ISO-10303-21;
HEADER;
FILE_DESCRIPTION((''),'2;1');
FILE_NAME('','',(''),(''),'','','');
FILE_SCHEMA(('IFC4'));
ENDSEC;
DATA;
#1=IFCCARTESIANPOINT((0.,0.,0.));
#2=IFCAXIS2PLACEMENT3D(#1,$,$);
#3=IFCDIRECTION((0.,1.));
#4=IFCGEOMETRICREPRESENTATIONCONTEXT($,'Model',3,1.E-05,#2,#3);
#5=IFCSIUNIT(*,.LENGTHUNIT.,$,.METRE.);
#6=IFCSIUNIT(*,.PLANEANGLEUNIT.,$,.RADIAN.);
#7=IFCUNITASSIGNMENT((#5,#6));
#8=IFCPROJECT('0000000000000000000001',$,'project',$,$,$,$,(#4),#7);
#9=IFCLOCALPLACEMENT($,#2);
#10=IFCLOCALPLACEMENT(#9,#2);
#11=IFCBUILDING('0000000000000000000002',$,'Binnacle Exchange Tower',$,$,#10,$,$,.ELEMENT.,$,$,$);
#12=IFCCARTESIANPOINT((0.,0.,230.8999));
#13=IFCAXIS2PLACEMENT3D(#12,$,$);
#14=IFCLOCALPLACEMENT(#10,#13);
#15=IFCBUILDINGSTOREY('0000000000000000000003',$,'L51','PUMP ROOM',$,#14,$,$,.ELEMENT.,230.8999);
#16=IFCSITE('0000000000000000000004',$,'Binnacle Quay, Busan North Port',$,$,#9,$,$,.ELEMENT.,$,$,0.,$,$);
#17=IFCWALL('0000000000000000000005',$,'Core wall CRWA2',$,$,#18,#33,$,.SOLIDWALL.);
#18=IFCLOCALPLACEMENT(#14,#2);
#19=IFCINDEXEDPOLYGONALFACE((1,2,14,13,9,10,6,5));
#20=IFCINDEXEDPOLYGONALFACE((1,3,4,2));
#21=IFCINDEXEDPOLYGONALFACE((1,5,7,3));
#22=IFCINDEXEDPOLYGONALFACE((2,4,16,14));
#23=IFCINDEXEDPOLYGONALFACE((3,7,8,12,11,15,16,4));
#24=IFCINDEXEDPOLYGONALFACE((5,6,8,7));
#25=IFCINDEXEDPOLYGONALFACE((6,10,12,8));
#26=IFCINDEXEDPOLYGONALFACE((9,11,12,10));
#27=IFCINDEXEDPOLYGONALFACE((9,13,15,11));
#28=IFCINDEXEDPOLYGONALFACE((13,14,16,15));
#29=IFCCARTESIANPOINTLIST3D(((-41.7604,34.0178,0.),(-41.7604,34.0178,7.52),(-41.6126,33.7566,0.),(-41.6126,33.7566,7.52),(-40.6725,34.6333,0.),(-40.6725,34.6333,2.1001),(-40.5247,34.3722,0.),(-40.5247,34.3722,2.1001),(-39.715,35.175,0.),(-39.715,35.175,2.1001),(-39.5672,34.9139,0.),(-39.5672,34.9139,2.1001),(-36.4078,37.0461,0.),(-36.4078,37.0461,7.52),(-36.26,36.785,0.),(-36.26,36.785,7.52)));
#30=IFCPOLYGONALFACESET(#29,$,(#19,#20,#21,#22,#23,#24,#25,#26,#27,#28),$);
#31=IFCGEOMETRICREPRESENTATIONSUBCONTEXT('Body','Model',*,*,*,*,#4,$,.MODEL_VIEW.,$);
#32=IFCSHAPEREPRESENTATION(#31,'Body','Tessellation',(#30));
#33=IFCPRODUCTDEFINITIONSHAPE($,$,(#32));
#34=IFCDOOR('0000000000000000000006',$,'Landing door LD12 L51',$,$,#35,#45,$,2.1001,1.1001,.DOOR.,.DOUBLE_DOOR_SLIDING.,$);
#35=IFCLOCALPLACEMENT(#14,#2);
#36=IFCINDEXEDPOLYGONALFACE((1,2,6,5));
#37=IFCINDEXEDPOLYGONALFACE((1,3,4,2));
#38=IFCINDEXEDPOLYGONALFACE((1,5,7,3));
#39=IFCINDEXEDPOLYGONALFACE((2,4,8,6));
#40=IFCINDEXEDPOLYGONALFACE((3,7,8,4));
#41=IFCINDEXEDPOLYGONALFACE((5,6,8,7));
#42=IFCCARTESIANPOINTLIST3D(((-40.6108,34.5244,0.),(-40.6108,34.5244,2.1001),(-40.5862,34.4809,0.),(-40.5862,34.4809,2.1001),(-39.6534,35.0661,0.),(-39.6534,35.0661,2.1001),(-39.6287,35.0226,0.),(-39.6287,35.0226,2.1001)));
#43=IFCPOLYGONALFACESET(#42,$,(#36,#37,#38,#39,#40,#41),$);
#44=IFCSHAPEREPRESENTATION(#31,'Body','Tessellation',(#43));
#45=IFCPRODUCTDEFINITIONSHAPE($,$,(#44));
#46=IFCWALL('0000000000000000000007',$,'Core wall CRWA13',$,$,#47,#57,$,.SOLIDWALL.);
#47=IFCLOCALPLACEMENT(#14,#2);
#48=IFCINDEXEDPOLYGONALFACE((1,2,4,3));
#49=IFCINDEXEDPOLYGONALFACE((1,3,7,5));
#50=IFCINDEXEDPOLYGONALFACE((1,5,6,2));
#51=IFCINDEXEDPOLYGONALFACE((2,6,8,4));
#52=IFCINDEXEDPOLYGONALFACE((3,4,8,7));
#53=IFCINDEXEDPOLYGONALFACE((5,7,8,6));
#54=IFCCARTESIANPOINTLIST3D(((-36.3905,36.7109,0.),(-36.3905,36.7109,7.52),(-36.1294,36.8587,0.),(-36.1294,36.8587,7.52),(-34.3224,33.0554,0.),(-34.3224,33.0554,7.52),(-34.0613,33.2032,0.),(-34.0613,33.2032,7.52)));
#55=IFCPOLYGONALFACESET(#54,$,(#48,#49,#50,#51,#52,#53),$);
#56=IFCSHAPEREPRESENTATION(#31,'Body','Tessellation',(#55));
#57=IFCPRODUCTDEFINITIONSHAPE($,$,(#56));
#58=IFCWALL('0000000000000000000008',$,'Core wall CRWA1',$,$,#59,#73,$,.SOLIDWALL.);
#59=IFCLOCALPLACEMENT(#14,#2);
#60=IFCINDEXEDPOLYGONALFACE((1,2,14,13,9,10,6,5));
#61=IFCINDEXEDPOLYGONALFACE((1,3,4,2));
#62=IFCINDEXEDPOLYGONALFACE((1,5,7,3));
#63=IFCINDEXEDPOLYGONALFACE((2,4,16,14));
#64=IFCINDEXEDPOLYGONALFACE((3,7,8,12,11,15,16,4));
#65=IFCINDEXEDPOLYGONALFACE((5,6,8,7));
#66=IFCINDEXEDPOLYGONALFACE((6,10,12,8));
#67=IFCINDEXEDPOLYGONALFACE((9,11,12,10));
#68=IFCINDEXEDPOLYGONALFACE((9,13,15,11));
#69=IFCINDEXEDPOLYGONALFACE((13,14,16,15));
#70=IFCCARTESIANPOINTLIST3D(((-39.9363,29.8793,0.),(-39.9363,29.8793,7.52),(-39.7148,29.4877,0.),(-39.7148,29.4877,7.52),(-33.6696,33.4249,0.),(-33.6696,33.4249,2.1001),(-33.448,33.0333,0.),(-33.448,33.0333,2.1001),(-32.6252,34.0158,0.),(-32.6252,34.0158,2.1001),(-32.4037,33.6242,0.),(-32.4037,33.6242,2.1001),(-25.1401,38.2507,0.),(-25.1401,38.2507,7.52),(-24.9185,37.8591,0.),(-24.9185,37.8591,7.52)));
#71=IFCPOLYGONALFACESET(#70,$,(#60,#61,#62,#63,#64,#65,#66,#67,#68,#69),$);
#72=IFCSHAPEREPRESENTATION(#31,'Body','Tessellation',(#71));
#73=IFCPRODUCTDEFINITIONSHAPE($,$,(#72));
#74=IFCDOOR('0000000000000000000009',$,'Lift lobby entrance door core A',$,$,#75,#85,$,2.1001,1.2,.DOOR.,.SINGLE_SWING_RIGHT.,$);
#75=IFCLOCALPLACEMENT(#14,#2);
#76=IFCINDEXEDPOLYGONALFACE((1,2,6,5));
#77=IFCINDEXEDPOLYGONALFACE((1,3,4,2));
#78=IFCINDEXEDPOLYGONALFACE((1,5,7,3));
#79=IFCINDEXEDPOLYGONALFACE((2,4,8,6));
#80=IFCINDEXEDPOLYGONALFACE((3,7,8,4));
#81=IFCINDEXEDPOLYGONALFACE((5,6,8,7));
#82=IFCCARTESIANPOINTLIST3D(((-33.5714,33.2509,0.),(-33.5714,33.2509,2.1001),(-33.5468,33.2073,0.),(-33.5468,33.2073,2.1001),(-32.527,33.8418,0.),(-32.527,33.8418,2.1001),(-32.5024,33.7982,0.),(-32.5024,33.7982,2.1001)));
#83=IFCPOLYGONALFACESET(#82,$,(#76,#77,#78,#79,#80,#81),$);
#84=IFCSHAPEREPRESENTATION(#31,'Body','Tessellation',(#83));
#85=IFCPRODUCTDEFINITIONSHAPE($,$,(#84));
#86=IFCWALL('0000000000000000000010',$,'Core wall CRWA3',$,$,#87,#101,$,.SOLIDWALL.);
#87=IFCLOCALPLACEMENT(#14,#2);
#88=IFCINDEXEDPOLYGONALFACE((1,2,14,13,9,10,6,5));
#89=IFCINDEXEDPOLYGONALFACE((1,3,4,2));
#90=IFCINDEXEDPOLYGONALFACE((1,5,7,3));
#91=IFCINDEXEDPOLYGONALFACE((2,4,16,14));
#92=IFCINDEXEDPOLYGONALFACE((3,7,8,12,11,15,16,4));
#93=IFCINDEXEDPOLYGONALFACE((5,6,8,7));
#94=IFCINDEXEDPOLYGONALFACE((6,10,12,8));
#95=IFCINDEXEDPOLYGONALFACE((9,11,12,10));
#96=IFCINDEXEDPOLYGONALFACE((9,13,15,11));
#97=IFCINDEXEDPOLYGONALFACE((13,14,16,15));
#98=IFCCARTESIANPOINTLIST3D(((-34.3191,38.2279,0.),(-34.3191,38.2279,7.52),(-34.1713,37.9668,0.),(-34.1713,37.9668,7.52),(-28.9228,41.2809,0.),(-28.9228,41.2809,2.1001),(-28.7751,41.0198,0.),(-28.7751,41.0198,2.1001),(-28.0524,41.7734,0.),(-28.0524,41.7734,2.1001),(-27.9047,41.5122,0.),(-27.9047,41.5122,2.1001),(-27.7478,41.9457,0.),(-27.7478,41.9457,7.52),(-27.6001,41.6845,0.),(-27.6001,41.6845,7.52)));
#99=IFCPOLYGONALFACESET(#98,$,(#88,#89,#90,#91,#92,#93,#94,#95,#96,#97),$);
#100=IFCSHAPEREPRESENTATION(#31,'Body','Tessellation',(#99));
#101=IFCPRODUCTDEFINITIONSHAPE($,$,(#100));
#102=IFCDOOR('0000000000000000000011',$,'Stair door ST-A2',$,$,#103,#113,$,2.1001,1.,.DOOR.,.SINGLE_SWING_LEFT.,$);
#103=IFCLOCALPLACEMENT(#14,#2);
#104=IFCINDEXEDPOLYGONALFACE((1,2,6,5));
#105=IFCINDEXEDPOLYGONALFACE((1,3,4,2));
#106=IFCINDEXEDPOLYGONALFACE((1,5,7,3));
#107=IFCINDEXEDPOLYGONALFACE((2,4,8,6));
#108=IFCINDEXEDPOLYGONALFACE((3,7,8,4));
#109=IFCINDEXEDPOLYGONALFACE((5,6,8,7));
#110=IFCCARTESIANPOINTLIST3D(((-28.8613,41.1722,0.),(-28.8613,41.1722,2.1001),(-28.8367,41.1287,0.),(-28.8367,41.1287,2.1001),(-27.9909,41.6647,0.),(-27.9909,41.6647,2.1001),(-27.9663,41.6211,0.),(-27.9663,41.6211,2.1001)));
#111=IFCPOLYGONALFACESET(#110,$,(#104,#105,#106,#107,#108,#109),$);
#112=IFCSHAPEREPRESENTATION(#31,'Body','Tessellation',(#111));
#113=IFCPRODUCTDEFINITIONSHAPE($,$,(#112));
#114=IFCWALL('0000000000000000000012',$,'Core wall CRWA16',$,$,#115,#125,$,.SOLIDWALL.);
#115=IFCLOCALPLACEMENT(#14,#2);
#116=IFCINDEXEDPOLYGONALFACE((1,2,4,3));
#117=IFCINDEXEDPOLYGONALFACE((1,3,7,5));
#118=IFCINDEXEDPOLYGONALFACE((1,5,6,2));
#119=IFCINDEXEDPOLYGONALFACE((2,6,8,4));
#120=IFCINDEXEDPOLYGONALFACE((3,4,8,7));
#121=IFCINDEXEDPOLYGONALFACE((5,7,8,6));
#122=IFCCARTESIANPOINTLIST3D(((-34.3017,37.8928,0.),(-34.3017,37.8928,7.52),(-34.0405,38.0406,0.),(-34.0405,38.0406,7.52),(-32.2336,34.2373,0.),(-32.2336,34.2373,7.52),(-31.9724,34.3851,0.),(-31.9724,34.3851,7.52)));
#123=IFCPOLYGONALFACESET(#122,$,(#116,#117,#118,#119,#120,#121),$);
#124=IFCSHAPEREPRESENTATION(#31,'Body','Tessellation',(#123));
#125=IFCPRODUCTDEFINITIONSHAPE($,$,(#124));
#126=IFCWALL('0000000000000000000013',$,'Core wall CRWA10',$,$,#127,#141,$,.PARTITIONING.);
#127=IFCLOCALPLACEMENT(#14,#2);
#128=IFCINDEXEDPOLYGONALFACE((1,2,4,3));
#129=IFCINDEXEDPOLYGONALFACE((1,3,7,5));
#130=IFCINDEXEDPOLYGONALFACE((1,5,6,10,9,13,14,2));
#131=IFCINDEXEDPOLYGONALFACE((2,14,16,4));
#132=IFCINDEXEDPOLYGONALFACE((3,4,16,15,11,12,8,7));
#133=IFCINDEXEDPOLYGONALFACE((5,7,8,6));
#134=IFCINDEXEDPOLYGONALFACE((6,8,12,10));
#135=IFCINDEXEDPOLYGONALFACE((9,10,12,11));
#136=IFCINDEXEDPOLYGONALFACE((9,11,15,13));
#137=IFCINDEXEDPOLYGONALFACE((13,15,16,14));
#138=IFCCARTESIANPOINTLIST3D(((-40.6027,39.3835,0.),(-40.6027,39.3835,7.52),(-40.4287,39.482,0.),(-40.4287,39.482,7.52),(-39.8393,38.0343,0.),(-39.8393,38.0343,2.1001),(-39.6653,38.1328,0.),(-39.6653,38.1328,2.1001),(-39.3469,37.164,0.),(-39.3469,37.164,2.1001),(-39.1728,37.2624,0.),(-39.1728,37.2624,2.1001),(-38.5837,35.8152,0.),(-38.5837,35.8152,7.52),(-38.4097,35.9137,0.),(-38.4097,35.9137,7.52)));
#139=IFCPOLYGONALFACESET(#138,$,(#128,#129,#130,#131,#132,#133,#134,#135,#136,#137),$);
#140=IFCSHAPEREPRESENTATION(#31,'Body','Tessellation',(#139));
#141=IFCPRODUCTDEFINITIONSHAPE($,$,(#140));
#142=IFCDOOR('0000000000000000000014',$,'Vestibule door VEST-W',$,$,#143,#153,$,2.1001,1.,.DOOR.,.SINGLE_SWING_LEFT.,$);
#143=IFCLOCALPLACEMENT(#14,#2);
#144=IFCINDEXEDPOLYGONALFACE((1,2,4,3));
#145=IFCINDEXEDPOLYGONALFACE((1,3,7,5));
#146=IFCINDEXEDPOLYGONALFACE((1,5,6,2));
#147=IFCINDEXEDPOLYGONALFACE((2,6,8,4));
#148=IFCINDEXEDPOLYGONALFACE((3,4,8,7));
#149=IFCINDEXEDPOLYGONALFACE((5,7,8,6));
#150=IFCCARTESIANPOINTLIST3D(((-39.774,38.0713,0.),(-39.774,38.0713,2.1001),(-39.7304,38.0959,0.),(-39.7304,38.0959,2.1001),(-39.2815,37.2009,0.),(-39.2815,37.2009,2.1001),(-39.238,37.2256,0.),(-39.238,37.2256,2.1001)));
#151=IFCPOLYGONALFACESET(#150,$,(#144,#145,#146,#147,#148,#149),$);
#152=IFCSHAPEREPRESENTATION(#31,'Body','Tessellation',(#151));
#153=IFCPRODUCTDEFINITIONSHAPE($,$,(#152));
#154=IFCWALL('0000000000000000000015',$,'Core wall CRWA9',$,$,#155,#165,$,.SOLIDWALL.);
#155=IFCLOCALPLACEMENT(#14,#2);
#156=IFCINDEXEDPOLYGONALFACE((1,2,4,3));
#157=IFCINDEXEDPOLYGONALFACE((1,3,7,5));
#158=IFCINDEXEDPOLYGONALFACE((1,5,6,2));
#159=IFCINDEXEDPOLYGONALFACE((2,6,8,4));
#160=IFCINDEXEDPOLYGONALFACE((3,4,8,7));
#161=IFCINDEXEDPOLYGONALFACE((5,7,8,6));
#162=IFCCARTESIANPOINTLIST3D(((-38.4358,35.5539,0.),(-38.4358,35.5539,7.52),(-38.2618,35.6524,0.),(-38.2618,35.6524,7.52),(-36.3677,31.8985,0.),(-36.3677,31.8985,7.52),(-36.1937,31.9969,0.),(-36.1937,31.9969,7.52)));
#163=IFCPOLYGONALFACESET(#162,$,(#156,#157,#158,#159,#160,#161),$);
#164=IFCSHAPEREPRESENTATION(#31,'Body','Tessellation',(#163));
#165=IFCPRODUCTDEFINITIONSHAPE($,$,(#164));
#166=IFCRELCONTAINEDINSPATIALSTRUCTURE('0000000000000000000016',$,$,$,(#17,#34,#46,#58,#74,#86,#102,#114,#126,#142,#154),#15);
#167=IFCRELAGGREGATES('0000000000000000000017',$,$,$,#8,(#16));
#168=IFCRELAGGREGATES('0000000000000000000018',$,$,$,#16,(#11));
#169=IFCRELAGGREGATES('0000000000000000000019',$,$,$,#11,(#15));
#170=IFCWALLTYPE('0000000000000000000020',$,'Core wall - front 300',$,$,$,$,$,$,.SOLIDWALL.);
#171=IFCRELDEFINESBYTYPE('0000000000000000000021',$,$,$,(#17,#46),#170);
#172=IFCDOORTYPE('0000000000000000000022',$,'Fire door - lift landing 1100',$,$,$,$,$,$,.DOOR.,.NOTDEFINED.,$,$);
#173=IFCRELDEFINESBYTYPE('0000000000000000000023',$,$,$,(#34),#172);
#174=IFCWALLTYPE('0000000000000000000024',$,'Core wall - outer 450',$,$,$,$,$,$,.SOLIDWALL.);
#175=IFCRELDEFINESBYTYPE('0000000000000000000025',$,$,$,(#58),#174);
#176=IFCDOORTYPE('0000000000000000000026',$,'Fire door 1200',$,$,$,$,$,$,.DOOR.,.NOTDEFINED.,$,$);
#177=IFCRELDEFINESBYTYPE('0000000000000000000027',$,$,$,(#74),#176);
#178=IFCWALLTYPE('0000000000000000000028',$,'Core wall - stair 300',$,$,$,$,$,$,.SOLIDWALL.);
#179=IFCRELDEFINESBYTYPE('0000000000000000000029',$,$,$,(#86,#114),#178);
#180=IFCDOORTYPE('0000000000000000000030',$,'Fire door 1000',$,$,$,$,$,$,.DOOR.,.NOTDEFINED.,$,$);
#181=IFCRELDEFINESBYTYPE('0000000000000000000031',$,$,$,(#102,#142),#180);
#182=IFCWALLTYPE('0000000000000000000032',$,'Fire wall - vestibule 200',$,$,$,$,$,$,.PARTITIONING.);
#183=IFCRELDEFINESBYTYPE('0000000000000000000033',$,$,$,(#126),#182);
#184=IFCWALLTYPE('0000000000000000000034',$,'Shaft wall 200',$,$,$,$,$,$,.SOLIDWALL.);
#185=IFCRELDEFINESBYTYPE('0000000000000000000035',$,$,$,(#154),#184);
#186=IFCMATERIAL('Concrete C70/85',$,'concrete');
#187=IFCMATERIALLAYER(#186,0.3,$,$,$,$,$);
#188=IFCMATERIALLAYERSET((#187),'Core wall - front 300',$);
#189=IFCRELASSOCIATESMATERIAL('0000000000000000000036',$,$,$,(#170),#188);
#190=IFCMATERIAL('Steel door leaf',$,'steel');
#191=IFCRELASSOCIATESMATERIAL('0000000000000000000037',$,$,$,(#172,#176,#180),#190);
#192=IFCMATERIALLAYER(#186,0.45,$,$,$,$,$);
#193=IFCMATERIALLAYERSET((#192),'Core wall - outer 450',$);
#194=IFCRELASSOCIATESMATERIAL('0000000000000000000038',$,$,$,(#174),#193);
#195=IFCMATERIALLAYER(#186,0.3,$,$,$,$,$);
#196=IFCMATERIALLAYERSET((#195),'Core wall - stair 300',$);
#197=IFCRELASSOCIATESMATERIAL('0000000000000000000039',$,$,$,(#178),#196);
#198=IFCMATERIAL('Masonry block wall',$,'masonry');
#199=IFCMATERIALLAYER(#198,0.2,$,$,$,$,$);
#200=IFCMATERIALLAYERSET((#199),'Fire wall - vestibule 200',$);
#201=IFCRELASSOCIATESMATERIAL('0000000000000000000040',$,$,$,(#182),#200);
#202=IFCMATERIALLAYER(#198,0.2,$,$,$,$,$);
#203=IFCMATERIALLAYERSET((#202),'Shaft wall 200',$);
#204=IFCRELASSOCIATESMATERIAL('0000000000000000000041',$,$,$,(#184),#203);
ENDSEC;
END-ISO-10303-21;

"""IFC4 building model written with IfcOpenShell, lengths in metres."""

from ifc_helpers import new_model, si_unit, direction, frame, frame_2d, origin, place, context, subcontext, project, spatial, rectangle, extrude, material, layer, layer_set, type_object, element, fill, save


model = new_model("IFC4")

# Units and contexts
model_context = context("Model", 3, precision=1e-05, world=origin(), true_north=direction((0.0, 1.0)))
body_context = subcontext(model_context, "Body", "Model", "MODEL_VIEW")
ifc_project = project(units=[si_unit("LENGTHUNIT", "METRE"), si_unit("PLANEANGLEUNIT", "RADIAN")], contexts=[model_context])

# Site, building, storey
site_placement = place(None, origin())
site = spatial("IfcSite", under=ifc_project, at=site_placement, Name="Binnacle Quay, Busan North Port", CompositionType="ELEMENT", RefElevation=0.0)
building_placement = place(site_placement, origin())
building = spatial("IfcBuilding", under=site, at=building_placement, Name="Binnacle Exchange Tower", CompositionType="ELEMENT")
storey_placement = place(building_placement, frame((0.0, 0.0, 230.8999)))
storey = spatial("IfcBuildingStorey", under=building, at=storey_placement, Name="L51", Description="PUMP ROOM", CompositionType="ELEMENT", Elevation=230.8999)

# Wall, opening, door
ifc_material_1 = material(Name="Concrete C70/85", Category="concrete")
ifc_layer_1 = layer(ifc_material_1, 0.3)
ifc_layer_set_1 = layer_set([ifc_layer_1], Name="Core wall - front 300")
wall_type_1 = type_object("IfcWallType", Name="Core wall - front 300", PredefinedType="SOLIDWALL", material=ifc_layer_set_1)
wall_1_placement = place(storey_placement, frame((-41.6865, 33.8872, 0.0), z_axis=(0.0, 0.0, 1.0), x_axis=(0.870356, 0.492423, 0.0)))
wall_1 = element("IfcWall", 1, at=wall_1_placement, inside=storey, type_object=wall_type_1, Name="Core wall CRWA2", PredefinedType="SOLIDWALL", context=body_context, shape_type="SweptSolid", body=[
    extrude(rectangle(XDim=6.1499, YDim=0.3, at=frame_2d((3.075, 0.0))), origin(), (0.0, 0.0, 1.0), 7.52),
])
opening_1_placement = place(wall_1_placement, frame((1.25, 0.0, 0.0)))
opening_1 = element("IfcOpeningElement", 2, at=opening_1_placement, cuts=wall_1, PredefinedType="OPENING", context=body_context, shape_type="SweptSolid", body=[
    extrude(rectangle(XDim=1.1001, YDim=2.1001, at=frame_2d((0.55, 1.05))), frame((0.0, 0.1599, 0.0), z_axis=(0.0, -1.0, 0.0), x_axis=(1.0, 0.0, 0.0)), (0.0, 0.0, 1.0), 0.3201),
])
ifc_material_2 = material(Name="Steel door leaf", Category="steel")
door_type_1 = type_object("IfcDoorType", Name="Fire door - lift landing 1100", OperationType="NOTDEFINED", PredefinedType="DOOR", material=ifc_material_2)
door_1_placement = place(opening_1_placement, origin())
door_1 = element("IfcDoor", 3, at=door_1_placement, inside=storey, type_object=door_type_1, Name="Landing door LD12 L51", OperationType="DOUBLE_DOOR_SLIDING", OverallHeight=2.1001, OverallWidth=1.1001, PredefinedType="DOOR", context=body_context, shape_type="SweptSolid", body=[
    extrude(rectangle(XDim=1.1001, YDim=2.1001, at=frame_2d((0.55, 1.05))), frame((0.0, 0.0249, 0.0), z_axis=(0.0, -1.0, 0.0), x_axis=(1.0, 0.0, 0.0)), (0.0, 0.0, 1.0), 0.05),
])
fill(opening_1, door_1)

# Wall
wall_2_placement = place(storey_placement, frame((-36.26, 36.7849, 0.0), z_axis=(0.0, 0.0, 1.0), x_axis=(0.49241, -0.870364, 0.0)))
element("IfcWall", 4, at=wall_2_placement, inside=storey, type_object=wall_type_1, Name="Core wall CRWA13", PredefinedType="SOLIDWALL", context=body_context, shape_type="SweptSolid", body=[
    extrude(rectangle(XDim=4.2, YDim=0.3, at=frame_2d((2.1001, 0.0))), origin(), (0.0, 0.0, 1.0), 7.52),
])

# Walls, openings, doors
ifc_layer_2 = layer(ifc_material_1, 0.45)
ifc_layer_set_2 = layer_set([ifc_layer_2], Name="Core wall - outer 450")
wall_type_2 = type_object("IfcWallType", Name="Core wall - outer 450", PredefinedType="SOLIDWALL", material=ifc_layer_set_2)
wall_3_placement = place(storey_placement, frame((-39.8254, 29.6836, 0.0), z_axis=(0.0, 0.0, 1.0), x_axis=(0.870354, 0.492427, 0.0)))
wall_3 = element("IfcWall", 5, at=wall_3_placement, inside=storey, type_object=wall_type_2, Name="Core wall CRWA1", PredefinedType="SOLIDWALL", context=body_context, shape_type="SweptSolid", body=[
    extrude(rectangle(XDim=17.0002, YDim=0.45, at=frame_2d((8.5, 0.0))), origin(), (0.0, 0.0, 1.0), 7.52),
])
opening_2_placement = place(wall_3_placement, frame((7.2, 0.0, 0.0)))
opening_2 = element("IfcOpeningElement", 6, at=opening_2_placement, cuts=wall_3, PredefinedType="OPENING", context=body_context, shape_type="SweptSolid", body=[
    extrude(rectangle(XDim=1.2, YDim=2.1001, at=frame_2d((0.6001, 1.05))), frame((0.0, 0.2349, 0.0), z_axis=(0.0, -1.0, 0.0), x_axis=(1.0, 0.0, 0.0)), (0.0, 0.0, 1.0), 0.47),
])
door_type_2 = type_object("IfcDoorType", Name="Fire door 1200", OperationType="NOTDEFINED", PredefinedType="DOOR", material=ifc_material_2)
door_2_placement = place(opening_2_placement, frame((1.2, 0.0, 0.0), z_axis=(0.0, 0.0, 1.0), x_axis=(-1.0, 0.0, 0.0)))
door_2 = element("IfcDoor", 7, at=door_2_placement, inside=storey, type_object=door_type_2, Name="Lift lobby entrance door core A", OperationType="SINGLE_SWING_RIGHT", OverallHeight=2.1001, OverallWidth=1.2, PredefinedType="DOOR", context=body_context, shape_type="SweptSolid", body=[
    extrude(rectangle(XDim=1.2, YDim=2.1001, at=frame_2d((0.6001, 1.05))), frame((0.0, 0.0249, 0.0), z_axis=(0.0, -1.0, 0.0), x_axis=(1.0, 0.0, 0.0)), (0.0, 0.0, 1.0), 0.05),
])
fill(opening_2, door_2)
ifc_layer_3 = layer(ifc_material_1, 0.3)
ifc_layer_set_3 = layer_set([ifc_layer_3], Name="Core wall - stair 300")
wall_type_3 = type_object("IfcWallType", Name="Core wall - stair 300", PredefinedType="SOLIDWALL", material=ifc_layer_set_3)
wall_4_placement = place(storey_placement, frame((-34.2451, 38.0974, 0.0), z_axis=(0.0, 0.0, 1.0), x_axis=(0.87036, 0.492415, 0.0)))
wall_4 = element("IfcWall", 8, at=wall_4_placement, inside=storey, type_object=wall_type_3, Name="Core wall CRWA3", PredefinedType="SOLIDWALL", context=body_context, shape_type="SweptSolid", body=[
    extrude(rectangle(XDim=7.55, YDim=0.3, at=frame_2d((3.7749, 0.0))), origin(), (0.0, 0.0, 1.0), 7.52),
])
opening_3_placement = place(wall_4_placement, frame((6.2, 0.0, 0.0)))
opening_3 = element("IfcOpeningElement", 9, at=opening_3_placement, cuts=wall_4, PredefinedType="OPENING", context=body_context, shape_type="SweptSolid", body=[
    extrude(rectangle(XDim=1.0, YDim=2.1001, at=frame_2d((0.5, 1.05))), frame((0.0, 0.1599, 0.0), z_axis=(0.0, -1.0, 0.0), x_axis=(1.0, 0.0, 0.0)), (0.0, 0.0, 1.0), 0.3201),
])
door_type_3 = type_object("IfcDoorType", Name="Fire door 1000", OperationType="NOTDEFINED", PredefinedType="DOOR", material=ifc_material_2)
door_3_placement = place(opening_3_placement, frame((1.0, 0.0, 0.0), z_axis=(0.0, 0.0, 1.0), x_axis=(-1.0, 0.0, 0.0)))
door_3 = element("IfcDoor", 10, at=door_3_placement, inside=storey, type_object=door_type_3, Name="Stair door ST-A2", OperationType="SINGLE_SWING_LEFT", OverallHeight=2.1001, OverallWidth=1.0, PredefinedType="DOOR", context=body_context, shape_type="SweptSolid", body=[
    extrude(rectangle(XDim=1.0, YDim=2.1001, at=frame_2d((0.5, 1.05))), frame((0.0, 0.0249, 0.0), z_axis=(0.0, -1.0, 0.0), x_axis=(1.0, 0.0, 0.0)), (0.0, 0.0, 1.0), 0.05),
])
fill(opening_3, door_3)

# Wall
wall_5_placement = place(storey_placement, frame((-34.1711, 37.9668, 0.0), z_axis=(0.0, 0.0, 1.0), x_axis=(0.49241, -0.870364, 0.0)))
element("IfcWall", 11, at=wall_5_placement, inside=storey, type_object=wall_type_3, Name="Core wall CRWA16", PredefinedType="SOLIDWALL", context=body_context, shape_type="SweptSolid", body=[
    extrude(rectangle(XDim=4.2, YDim=0.3, at=frame_2d((2.1001, 0.0))), origin(), (0.0, 0.0, 1.0), 7.52),
])

# Wall, opening, door
ifc_material_3 = material(Name="Masonry block wall", Category="masonry")
ifc_layer_4 = layer(ifc_material_3, 0.2)
ifc_layer_set_4 = layer_set([ifc_layer_4], Name="Fire wall - vestibule 200")
wall_type_4 = type_object("IfcWallType", Name="Fire wall - vestibule 200", PredefinedType="PARTITIONING", material=ifc_layer_set_4)
wall_6_placement = place(storey_placement, frame((-40.5156, 39.4326, 0.0), z_axis=(0.0, 0.0, 1.0), x_axis=(0.492454, -0.870339, 0.0)))
wall_6 = element("IfcWall", 12, at=wall_6_placement, inside=storey, type_object=wall_type_4, Name="Core wall CRWA10", PredefinedType="PARTITIONING", context=body_context, shape_type="SweptSolid", body=[
    extrude(rectangle(XDim=4.0999, YDim=0.2, at=frame_2d((2.0498, 0.0))), origin(), (0.0, 0.0, 1.0), 7.52),
])
opening_4_placement = place(wall_6_placement, frame((1.55, 0.0, 0.0)))
opening_4 = element("IfcOpeningElement", 13, at=opening_4_placement, cuts=wall_6, PredefinedType="OPENING", context=body_context, shape_type="SweptSolid", body=[
    extrude(rectangle(XDim=1.0, YDim=2.1001, at=frame_2d((0.5, 1.05))), frame((0.0, 0.1099, 0.0), z_axis=(0.0, -1.0, 0.0), x_axis=(1.0, 0.0, 0.0)), (0.0, 0.0, 1.0), 0.22),
])
door_4_placement = place(opening_4_placement, frame((1.0, 0.0, 0.0), z_axis=(0.0, 0.0, 1.0), x_axis=(-1.0, 0.0, 0.0)))
door_4 = element("IfcDoor", 14, at=door_4_placement, inside=storey, type_object=door_type_3, Name="Vestibule door VEST-W", OperationType="SINGLE_SWING_LEFT", OverallHeight=2.1001, OverallWidth=1.0, PredefinedType="DOOR", context=body_context, shape_type="SweptSolid", body=[
    extrude(rectangle(XDim=1.0, YDim=2.1001, at=frame_2d((0.5, 1.05))), frame((0.0, 0.0249, 0.0), z_axis=(0.0, -1.0, 0.0), x_axis=(1.0, 0.0, 0.0)), (0.0, 0.0, 1.0), 0.05),
])
fill(opening_4, door_4)

# Wall
ifc_layer_5 = layer(ifc_material_3, 0.2)
ifc_layer_set_5 = layer_set([ifc_layer_5], Name="Shaft wall 200")
wall_type_5 = type_object("IfcWallType", Name="Shaft wall 200", PredefinedType="SOLIDWALL", material=ifc_layer_set_5)
wall_7_placement = place(storey_placement, frame((-38.3489, 35.6033, 0.0), z_axis=(0.0, 0.0, 1.0), x_axis=(0.49241, -0.870364, 0.0)))
element("IfcWall", 15, at=wall_7_placement, inside=storey, type_object=wall_type_5, Name="Core wall CRWA9", PredefinedType="SOLIDWALL", context=body_context, shape_type="SweptSolid", body=[
    extrude(rectangle(XDim=4.2, YDim=0.2, at=frame_2d((2.1001, 0.0))), origin(), (0.0, 0.0, 1.0), 7.52),
])

save(model, "model.ifc")
